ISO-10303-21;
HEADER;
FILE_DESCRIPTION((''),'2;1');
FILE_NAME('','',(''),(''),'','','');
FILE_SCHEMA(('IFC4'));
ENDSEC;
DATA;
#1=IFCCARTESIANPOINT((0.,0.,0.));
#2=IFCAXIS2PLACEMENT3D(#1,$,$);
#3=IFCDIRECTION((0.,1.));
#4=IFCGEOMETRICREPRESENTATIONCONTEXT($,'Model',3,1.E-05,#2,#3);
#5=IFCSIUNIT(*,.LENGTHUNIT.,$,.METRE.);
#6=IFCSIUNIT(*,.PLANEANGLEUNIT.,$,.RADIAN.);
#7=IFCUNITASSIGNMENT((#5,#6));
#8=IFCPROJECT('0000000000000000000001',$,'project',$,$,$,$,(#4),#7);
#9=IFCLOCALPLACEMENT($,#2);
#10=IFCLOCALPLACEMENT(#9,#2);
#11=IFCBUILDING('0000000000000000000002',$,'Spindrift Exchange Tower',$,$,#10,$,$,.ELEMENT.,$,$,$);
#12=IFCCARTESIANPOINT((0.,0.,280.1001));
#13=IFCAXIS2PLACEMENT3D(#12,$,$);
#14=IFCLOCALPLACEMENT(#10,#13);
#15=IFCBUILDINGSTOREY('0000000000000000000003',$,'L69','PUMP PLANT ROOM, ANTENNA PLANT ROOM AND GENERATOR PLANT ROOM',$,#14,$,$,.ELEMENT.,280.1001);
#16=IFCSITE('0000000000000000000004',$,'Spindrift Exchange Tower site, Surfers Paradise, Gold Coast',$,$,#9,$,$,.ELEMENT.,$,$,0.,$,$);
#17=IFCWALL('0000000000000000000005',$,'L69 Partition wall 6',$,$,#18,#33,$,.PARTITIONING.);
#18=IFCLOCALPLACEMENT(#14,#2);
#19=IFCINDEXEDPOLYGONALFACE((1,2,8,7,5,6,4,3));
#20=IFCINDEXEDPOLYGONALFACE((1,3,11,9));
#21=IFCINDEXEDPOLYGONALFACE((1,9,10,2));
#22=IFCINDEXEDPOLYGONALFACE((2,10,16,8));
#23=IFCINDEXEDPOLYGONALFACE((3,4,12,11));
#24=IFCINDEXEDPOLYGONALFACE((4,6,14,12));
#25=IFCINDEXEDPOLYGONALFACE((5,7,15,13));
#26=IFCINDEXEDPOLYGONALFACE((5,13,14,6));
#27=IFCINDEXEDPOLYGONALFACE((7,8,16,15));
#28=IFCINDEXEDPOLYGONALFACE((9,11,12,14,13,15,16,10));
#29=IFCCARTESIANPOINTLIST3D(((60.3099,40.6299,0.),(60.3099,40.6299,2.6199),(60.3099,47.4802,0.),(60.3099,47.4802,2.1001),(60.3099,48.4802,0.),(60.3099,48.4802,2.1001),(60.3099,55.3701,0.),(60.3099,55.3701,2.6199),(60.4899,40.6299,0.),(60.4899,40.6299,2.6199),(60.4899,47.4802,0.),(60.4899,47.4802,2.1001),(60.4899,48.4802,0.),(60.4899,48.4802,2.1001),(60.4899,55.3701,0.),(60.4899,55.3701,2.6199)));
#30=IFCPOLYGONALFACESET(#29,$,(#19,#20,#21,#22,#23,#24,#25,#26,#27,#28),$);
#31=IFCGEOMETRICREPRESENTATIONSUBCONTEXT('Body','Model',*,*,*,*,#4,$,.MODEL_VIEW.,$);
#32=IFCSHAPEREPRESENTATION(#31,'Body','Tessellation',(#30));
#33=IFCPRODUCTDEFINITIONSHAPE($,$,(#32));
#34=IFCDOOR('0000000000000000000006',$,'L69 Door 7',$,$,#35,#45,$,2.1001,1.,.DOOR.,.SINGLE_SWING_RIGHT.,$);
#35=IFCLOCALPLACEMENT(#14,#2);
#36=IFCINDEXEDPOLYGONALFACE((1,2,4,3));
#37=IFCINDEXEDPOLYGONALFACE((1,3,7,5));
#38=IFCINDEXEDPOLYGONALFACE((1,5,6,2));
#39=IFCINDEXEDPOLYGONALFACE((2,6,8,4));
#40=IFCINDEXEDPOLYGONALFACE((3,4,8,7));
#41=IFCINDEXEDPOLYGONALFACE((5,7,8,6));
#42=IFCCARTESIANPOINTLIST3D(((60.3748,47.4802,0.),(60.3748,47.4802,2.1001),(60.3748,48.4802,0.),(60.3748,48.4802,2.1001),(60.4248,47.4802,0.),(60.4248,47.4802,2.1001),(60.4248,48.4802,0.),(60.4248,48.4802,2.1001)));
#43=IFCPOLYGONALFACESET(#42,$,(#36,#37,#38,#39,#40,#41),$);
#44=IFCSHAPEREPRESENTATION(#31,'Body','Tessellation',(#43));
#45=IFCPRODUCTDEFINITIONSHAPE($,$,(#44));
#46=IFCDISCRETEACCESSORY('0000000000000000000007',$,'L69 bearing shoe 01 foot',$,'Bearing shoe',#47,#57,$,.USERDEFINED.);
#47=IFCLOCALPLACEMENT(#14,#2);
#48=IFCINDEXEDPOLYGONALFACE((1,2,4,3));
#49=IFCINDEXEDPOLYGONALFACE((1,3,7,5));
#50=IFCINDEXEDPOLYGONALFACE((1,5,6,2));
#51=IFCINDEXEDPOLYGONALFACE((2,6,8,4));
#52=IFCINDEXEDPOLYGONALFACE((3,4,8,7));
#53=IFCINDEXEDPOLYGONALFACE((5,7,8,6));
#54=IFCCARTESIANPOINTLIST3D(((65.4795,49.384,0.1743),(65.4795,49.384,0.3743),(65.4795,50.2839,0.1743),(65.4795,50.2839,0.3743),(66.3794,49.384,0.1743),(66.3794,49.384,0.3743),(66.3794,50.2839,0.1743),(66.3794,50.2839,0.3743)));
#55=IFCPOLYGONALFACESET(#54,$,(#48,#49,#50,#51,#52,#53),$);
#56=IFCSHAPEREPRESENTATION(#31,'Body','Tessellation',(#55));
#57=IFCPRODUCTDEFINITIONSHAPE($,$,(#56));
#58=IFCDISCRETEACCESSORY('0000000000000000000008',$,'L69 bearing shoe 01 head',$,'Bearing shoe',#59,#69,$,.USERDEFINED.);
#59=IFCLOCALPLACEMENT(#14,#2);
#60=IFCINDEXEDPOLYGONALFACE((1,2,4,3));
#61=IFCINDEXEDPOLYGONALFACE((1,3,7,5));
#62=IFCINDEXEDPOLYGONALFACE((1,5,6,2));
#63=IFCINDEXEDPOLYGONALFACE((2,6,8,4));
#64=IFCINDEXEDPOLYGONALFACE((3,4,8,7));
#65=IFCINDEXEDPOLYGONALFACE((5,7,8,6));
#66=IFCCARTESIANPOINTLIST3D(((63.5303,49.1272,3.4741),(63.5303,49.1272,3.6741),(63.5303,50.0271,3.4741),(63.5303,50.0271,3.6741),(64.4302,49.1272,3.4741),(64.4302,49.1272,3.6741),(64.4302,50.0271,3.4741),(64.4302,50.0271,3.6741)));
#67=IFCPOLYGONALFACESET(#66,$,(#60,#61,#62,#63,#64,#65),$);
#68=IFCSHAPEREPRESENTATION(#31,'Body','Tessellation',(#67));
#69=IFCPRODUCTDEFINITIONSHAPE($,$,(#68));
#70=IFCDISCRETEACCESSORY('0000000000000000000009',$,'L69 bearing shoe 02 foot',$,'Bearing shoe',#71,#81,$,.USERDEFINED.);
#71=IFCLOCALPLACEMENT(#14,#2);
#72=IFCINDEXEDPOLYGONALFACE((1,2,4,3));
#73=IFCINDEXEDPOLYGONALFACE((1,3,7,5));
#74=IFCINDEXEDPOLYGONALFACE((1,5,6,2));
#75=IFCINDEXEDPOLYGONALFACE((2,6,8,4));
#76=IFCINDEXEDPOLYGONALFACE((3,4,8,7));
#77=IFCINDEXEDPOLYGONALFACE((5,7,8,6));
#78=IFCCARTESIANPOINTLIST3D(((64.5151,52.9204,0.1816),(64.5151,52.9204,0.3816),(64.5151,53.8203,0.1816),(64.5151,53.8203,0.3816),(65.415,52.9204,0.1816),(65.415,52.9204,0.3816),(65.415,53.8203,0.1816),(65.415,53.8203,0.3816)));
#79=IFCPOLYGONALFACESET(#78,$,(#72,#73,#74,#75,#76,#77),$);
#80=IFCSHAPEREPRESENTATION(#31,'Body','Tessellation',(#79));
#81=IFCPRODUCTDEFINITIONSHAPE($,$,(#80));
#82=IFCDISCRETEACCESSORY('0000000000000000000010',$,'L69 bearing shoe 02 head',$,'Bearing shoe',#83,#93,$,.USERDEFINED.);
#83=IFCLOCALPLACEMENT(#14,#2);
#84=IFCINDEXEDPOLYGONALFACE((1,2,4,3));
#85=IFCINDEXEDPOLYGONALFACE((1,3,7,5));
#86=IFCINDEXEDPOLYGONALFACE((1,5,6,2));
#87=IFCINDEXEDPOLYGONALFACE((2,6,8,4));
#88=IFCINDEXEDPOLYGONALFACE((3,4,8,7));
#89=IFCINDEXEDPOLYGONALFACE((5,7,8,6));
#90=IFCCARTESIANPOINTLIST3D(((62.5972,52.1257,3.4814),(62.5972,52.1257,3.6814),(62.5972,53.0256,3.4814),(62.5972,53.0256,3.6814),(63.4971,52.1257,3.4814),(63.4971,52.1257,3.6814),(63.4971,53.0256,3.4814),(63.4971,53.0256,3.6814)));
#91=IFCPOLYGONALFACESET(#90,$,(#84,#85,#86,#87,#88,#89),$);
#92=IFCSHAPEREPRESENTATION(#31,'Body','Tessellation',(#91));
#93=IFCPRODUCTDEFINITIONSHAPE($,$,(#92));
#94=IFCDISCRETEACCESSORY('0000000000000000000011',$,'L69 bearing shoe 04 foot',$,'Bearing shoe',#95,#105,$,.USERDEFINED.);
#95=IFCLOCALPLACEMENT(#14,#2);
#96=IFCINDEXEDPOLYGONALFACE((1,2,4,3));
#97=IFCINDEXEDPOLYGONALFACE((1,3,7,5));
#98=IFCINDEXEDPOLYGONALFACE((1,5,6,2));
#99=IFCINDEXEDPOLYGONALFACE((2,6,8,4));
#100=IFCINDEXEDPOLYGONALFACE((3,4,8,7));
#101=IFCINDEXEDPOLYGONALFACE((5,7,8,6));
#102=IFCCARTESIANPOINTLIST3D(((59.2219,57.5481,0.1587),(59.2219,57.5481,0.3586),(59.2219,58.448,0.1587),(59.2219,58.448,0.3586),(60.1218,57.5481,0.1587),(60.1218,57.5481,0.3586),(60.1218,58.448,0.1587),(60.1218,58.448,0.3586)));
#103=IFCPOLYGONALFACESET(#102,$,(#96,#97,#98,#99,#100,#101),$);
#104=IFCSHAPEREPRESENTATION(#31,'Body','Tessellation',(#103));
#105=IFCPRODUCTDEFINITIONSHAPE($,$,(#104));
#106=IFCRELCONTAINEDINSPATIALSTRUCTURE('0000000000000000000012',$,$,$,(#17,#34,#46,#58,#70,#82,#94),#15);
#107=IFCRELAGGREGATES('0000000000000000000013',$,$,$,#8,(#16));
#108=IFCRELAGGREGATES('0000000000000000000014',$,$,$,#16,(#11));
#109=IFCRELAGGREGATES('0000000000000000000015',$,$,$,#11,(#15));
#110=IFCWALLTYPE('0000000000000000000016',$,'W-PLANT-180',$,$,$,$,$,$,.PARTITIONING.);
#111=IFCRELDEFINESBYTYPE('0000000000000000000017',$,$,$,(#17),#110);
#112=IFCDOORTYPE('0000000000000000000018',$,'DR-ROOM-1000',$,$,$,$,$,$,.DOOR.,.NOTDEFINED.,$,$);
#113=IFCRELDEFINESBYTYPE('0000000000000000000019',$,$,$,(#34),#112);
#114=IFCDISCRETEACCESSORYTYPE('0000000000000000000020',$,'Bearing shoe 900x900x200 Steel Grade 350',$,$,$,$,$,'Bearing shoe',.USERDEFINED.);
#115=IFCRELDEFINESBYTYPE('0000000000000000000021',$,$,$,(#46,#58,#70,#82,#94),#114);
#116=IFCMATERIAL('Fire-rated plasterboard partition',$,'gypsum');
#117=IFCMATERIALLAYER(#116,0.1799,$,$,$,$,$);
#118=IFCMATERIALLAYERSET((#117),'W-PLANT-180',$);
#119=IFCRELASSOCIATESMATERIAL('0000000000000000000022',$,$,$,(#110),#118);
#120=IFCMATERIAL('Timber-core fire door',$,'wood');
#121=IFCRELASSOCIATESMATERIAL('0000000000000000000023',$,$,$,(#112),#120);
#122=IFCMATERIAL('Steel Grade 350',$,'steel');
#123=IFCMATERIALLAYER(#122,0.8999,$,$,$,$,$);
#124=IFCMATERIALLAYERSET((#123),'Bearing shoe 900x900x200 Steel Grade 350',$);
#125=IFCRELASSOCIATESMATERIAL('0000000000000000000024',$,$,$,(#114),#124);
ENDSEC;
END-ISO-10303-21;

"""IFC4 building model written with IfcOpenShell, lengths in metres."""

from ifc_helpers import new_model, si_unit, direction, frame, frame_2d, origin, origin_2d, place, context, subcontext, project, spatial, rectangle, extrude, source, transform, mapped, material, layer, layer_set, type_object, element, fill, save


model = new_model("IFC4")

# Units and contexts
model_context = context("Model", 3, precision=1e-05, world=origin(), true_north=direction((0.0, 1.0)))
body_context = subcontext(model_context, "Body", "Model", "MODEL_VIEW")
ifc_project = project(units=[si_unit("LENGTHUNIT", "METRE"), si_unit("PLANEANGLEUNIT", "RADIAN")], contexts=[model_context])

# Site, building, storey
site_placement = place(None, origin())
site = spatial("IfcSite", under=ifc_project, at=site_placement, Name="Spindrift Exchange Tower site, Surfers Paradise, Gold Coast", CompositionType="ELEMENT", RefElevation=0.0)
building_placement = place(site_placement, origin())
building = spatial("IfcBuilding", under=site, at=building_placement, Name="Spindrift Exchange Tower", CompositionType="ELEMENT")
storey_placement = place(building_placement, frame((0.0, 0.0, 280.1001)))
storey = spatial("IfcBuildingStorey", under=building, at=storey_placement, Name="L69", Description="PUMP PLANT ROOM, ANTENNA PLANT ROOM AND GENERATOR PLANT ROOM", CompositionType="ELEMENT", Elevation=280.1001)

# Wall, opening, door
ifc_material_1 = material(Name="Fire-rated plasterboard partition", Category="gypsum")
ifc_layer_1 = layer(ifc_material_1, 0.1799)
ifc_layer_set_1 = layer_set([ifc_layer_1], Name="W-PLANT-180")
wall_type = type_object("IfcWallType", Name="W-PLANT-180", PredefinedType="PARTITIONING", material=ifc_layer_set_1)
wall_placement = place(storey_placement, frame((60.3999, 55.3701, 0.0), z_axis=(0.0, 0.0, 1.0), x_axis=(0.0, -1.0, 0.0)))
wall = element("IfcWall", 1, at=wall_placement, inside=storey, type_object=wall_type, Name="L69 Partition wall 6", PredefinedType="PARTITIONING", context=body_context, shape_type="SweptSolid", body=[
    extrude(rectangle(XDim=14.7402, YDim=0.1799, at=frame_2d((7.3701, 0.0))), origin(), (0.0, 0.0, 1.0), 2.6199),
])
opening_placement = place(wall_placement, frame((6.8899, 0.0, 0.0)))
opening = element("IfcOpeningElement", 2, at=opening_placement, cuts=wall, PredefinedType="OPENING", context=body_context, shape_type="SweptSolid", body=[
    extrude(rectangle(XDim=1.0, YDim=2.1001, at=frame_2d((0.5, 1.05))), frame((0.0, 0.0999, 0.0), z_axis=(0.0, -1.0, 0.0), x_axis=(1.0, 0.0, 0.0)), (0.0, 0.0, 1.0), 0.2),
])
ifc_material_2 = material(Name="Timber-core fire door", Category="wood")
door_type = type_object("IfcDoorType", Name="DR-ROOM-1000", OperationType="NOTDEFINED", PredefinedType="DOOR", material=ifc_material_2)
shared_shape_1 = source(origin(), body_context, "Body", "SweptSolid", [
    extrude(rectangle(XDim=1.0, YDim=2.1001, at=frame_2d((0.5, 1.05))), frame((0.0, 0.0249, 0.0), z_axis=(0.0, -1.0, 0.0), x_axis=(1.0, 0.0, 0.0)), (0.0, 0.0, 1.0), 0.05),
])
door_placement = place(opening_placement, origin())
door = element("IfcDoor", 3, at=door_placement, inside=storey, type_object=door_type, Name="L69 Door 7", OperationType="SINGLE_SWING_RIGHT", OverallHeight=2.1001, OverallWidth=1.0, PredefinedType="DOOR", context=body_context, shape_type="MappedRepresentation", body=[
    mapped(shared_shape_1, transform((0.0, 0.0, 0.0), scale=1.0)),
])
fill(opening, door)

# Discrete accessories
ifc_material_3 = material(Name="Steel Grade 350", Category="steel")
ifc_layer_2 = layer(ifc_material_3, 0.8999)
ifc_layer_set_2 = layer_set([ifc_layer_2], Name="Bearing shoe 900x900x200 Steel Grade 350")
discrete_accessory_type = type_object("IfcDiscreteAccessoryType", Name="Bearing shoe 900x900x200 Steel Grade 350", ElementType="Bearing shoe", PredefinedType="USERDEFINED", material=ifc_layer_set_2)
shared_shape_2 = source(origin(), body_context, "Body", "SweptSolid", [
    extrude(rectangle(XDim=0.8999, YDim=0.8999, at=origin_2d()), origin(), (0.0, 0.0, 1.0), 0.2),
])
for number, where, z_axis, x_axis, name in (
    (4, (65.9294, 49.834, 0.1743), (0.0, 0.0, 1.0), (1.0, 0.0, 0.0), "L69 bearing shoe 01 foot"),
    (5, (63.9802, 49.5771, 3.4741), (0.0, 0.0, 1.0), (1.0, 0.0, 0.0), "L69 bearing shoe 01 head"),
    (6, (64.9651, 53.3704, 0.1816), (0.0, 0.0, 1.0), (1.0, 0.0, 0.0), "L69 bearing shoe 02 foot"),
    (7, (63.0471, 52.5757, 3.4814), (0.0, 0.0, 1.0), (1.0, 0.0, 0.0), "L69 bearing shoe 02 head"),
    (8, (59.6719, 57.998, 0.1587), (0.0, 0.0, 1.0), (1.0, 0.0, 0.0), "L69 bearing shoe 04 foot"),
):
    element("IfcDiscreteAccessory", number, at=place(storey_placement, frame(where, z_axis=z_axis, x_axis=x_axis)), inside=storey, type_object=discrete_accessory_type, Name=name, ObjectType="Bearing shoe", PredefinedType="USERDEFINED", context=body_context, shape_type="MappedRepresentation", body=[
        mapped(shared_shape_2, transform((0.0, 0.0, 0.0), scale=1.0)),
    ])

save(model, "model.ifc")
